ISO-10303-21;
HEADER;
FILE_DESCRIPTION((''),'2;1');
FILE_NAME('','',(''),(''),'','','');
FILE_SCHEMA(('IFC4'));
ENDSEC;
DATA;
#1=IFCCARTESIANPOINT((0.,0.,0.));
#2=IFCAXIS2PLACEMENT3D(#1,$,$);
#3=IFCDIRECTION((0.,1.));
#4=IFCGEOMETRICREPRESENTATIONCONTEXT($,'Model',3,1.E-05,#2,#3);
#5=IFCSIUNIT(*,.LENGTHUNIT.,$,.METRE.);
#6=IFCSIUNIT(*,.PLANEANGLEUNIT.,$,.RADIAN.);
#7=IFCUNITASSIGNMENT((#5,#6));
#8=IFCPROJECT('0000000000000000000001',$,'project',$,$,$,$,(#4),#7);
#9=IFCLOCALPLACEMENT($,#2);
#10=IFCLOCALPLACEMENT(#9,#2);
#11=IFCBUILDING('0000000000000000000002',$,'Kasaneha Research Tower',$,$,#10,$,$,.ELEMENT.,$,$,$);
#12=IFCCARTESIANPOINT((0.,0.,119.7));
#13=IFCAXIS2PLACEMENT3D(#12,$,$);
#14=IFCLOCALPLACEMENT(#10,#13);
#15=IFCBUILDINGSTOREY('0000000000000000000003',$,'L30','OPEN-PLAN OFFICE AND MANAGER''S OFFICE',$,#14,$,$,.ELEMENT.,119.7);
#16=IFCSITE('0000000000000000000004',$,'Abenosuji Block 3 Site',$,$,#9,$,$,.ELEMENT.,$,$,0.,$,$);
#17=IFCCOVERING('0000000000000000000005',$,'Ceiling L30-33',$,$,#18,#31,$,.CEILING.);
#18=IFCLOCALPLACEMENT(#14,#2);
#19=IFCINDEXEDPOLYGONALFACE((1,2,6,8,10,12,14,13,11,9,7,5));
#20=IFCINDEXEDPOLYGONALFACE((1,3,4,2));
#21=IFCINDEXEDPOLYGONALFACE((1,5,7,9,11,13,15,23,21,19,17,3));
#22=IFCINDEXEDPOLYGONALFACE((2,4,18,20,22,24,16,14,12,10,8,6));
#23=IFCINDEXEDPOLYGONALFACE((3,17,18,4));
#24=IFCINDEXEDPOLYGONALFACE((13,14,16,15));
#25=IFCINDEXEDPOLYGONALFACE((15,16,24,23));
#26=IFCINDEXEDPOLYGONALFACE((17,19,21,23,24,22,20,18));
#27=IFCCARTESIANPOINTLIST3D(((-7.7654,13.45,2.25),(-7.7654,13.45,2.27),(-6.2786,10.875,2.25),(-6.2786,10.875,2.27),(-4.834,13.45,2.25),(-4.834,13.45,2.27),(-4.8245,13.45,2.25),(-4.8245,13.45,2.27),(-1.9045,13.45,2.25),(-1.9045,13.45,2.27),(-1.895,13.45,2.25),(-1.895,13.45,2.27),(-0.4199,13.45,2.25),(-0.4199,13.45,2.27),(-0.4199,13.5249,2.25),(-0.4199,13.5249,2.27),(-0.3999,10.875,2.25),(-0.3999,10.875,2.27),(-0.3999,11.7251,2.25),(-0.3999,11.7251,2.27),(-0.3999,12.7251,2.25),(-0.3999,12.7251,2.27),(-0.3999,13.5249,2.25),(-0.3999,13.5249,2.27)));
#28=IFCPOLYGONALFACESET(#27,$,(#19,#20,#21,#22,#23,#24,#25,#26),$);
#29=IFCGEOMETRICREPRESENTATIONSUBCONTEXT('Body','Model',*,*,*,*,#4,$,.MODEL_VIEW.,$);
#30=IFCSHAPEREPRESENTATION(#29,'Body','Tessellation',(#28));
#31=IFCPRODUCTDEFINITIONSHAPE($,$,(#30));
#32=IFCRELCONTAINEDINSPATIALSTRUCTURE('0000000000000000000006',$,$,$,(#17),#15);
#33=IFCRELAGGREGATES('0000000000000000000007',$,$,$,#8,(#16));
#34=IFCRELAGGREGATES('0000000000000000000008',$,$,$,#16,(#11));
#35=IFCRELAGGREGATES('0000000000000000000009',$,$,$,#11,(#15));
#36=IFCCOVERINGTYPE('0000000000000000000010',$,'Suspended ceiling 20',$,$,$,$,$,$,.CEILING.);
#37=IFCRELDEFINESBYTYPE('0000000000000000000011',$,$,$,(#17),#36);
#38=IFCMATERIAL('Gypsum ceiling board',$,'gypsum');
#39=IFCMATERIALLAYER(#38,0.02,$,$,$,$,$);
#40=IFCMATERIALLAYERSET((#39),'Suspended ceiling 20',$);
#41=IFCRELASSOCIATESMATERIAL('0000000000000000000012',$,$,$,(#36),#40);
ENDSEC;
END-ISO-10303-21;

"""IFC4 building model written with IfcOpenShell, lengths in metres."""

from ifc_helpers import new_model, si_unit, direction, frame, origin, place, context, subcontext, project, spatial, polyline, outline, extrude, material, layer, layer_set, type_object, element, save


model = new_model("IFC4")

# Units and contexts
model_context = context("Model", 3, precision=1e-05, world=origin(), true_north=direction((0.0, 1.0)))
body_context = subcontext(model_context, "Body", "Model", "MODEL_VIEW")
ifc_project = project(units=[si_unit("LENGTHUNIT", "METRE"), si_unit("PLANEANGLEUNIT", "RADIAN")], contexts=[model_context])

# Site, building, storey
site_placement = place(None, origin())
site = spatial("IfcSite", under=ifc_project, at=site_placement, Name="Abenosuji Block 3 Site", CompositionType="ELEMENT", RefElevation=0.0)
building_placement = place(site_placement, origin())
building = spatial("IfcBuilding", under=site, at=building_placement, Name="Kasaneha Research Tower", CompositionType="ELEMENT")
storey_placement = place(building_placement, frame((0.0, 0.0, 119.7)))
storey = spatial("IfcBuildingStorey", under=building, at=storey_placement, Name="L30", Description="OPEN-PLAN OFFICE AND MANAGER'S OFFICE", CompositionType="ELEMENT", Elevation=119.7)

# Covering
ifc_material_1 = material(Name="Gypsum ceiling board", Category="gypsum")
ifc_layer_1 = layer(ifc_material_1, 0.02)
ifc_layer_set_1 = layer_set([ifc_layer_1], Name="Suspended ceiling 20")
covering_type_1 = type_object("IfcCoveringType", Name="Suspended ceiling 20", PredefinedType="CEILING", material=ifc_layer_set_1)
covering_1_placement = place(storey_placement, frame((0.0, 0.0, 2.25)))
element("IfcCovering", 1, at=covering_1_placement, inside=storey, type_object=covering_type_1, Name="Ceiling L30-33", PredefinedType="CEILING", context=body_context, shape_type="SweptSolid", body=[
    extrude(outline(polyline([(-0.3999, 11.7251), (-0.3999, 10.875), (-6.2786, 10.875), (-7.7654, 13.45), (-7.7654, 13.45), (-4.834, 13.45), (-4.8245, 13.45), (-1.9045, 13.45), (-1.895, 13.45), (-0.4199, 13.45), (-0.4199, 13.5249), (-0.3999, 13.5249), (-0.3999, 12.7251), (-0.3999, 11.7251)])), origin(), (0.0, 0.0, 1.0), 0.02),
])

save(model, "model.ifc")
